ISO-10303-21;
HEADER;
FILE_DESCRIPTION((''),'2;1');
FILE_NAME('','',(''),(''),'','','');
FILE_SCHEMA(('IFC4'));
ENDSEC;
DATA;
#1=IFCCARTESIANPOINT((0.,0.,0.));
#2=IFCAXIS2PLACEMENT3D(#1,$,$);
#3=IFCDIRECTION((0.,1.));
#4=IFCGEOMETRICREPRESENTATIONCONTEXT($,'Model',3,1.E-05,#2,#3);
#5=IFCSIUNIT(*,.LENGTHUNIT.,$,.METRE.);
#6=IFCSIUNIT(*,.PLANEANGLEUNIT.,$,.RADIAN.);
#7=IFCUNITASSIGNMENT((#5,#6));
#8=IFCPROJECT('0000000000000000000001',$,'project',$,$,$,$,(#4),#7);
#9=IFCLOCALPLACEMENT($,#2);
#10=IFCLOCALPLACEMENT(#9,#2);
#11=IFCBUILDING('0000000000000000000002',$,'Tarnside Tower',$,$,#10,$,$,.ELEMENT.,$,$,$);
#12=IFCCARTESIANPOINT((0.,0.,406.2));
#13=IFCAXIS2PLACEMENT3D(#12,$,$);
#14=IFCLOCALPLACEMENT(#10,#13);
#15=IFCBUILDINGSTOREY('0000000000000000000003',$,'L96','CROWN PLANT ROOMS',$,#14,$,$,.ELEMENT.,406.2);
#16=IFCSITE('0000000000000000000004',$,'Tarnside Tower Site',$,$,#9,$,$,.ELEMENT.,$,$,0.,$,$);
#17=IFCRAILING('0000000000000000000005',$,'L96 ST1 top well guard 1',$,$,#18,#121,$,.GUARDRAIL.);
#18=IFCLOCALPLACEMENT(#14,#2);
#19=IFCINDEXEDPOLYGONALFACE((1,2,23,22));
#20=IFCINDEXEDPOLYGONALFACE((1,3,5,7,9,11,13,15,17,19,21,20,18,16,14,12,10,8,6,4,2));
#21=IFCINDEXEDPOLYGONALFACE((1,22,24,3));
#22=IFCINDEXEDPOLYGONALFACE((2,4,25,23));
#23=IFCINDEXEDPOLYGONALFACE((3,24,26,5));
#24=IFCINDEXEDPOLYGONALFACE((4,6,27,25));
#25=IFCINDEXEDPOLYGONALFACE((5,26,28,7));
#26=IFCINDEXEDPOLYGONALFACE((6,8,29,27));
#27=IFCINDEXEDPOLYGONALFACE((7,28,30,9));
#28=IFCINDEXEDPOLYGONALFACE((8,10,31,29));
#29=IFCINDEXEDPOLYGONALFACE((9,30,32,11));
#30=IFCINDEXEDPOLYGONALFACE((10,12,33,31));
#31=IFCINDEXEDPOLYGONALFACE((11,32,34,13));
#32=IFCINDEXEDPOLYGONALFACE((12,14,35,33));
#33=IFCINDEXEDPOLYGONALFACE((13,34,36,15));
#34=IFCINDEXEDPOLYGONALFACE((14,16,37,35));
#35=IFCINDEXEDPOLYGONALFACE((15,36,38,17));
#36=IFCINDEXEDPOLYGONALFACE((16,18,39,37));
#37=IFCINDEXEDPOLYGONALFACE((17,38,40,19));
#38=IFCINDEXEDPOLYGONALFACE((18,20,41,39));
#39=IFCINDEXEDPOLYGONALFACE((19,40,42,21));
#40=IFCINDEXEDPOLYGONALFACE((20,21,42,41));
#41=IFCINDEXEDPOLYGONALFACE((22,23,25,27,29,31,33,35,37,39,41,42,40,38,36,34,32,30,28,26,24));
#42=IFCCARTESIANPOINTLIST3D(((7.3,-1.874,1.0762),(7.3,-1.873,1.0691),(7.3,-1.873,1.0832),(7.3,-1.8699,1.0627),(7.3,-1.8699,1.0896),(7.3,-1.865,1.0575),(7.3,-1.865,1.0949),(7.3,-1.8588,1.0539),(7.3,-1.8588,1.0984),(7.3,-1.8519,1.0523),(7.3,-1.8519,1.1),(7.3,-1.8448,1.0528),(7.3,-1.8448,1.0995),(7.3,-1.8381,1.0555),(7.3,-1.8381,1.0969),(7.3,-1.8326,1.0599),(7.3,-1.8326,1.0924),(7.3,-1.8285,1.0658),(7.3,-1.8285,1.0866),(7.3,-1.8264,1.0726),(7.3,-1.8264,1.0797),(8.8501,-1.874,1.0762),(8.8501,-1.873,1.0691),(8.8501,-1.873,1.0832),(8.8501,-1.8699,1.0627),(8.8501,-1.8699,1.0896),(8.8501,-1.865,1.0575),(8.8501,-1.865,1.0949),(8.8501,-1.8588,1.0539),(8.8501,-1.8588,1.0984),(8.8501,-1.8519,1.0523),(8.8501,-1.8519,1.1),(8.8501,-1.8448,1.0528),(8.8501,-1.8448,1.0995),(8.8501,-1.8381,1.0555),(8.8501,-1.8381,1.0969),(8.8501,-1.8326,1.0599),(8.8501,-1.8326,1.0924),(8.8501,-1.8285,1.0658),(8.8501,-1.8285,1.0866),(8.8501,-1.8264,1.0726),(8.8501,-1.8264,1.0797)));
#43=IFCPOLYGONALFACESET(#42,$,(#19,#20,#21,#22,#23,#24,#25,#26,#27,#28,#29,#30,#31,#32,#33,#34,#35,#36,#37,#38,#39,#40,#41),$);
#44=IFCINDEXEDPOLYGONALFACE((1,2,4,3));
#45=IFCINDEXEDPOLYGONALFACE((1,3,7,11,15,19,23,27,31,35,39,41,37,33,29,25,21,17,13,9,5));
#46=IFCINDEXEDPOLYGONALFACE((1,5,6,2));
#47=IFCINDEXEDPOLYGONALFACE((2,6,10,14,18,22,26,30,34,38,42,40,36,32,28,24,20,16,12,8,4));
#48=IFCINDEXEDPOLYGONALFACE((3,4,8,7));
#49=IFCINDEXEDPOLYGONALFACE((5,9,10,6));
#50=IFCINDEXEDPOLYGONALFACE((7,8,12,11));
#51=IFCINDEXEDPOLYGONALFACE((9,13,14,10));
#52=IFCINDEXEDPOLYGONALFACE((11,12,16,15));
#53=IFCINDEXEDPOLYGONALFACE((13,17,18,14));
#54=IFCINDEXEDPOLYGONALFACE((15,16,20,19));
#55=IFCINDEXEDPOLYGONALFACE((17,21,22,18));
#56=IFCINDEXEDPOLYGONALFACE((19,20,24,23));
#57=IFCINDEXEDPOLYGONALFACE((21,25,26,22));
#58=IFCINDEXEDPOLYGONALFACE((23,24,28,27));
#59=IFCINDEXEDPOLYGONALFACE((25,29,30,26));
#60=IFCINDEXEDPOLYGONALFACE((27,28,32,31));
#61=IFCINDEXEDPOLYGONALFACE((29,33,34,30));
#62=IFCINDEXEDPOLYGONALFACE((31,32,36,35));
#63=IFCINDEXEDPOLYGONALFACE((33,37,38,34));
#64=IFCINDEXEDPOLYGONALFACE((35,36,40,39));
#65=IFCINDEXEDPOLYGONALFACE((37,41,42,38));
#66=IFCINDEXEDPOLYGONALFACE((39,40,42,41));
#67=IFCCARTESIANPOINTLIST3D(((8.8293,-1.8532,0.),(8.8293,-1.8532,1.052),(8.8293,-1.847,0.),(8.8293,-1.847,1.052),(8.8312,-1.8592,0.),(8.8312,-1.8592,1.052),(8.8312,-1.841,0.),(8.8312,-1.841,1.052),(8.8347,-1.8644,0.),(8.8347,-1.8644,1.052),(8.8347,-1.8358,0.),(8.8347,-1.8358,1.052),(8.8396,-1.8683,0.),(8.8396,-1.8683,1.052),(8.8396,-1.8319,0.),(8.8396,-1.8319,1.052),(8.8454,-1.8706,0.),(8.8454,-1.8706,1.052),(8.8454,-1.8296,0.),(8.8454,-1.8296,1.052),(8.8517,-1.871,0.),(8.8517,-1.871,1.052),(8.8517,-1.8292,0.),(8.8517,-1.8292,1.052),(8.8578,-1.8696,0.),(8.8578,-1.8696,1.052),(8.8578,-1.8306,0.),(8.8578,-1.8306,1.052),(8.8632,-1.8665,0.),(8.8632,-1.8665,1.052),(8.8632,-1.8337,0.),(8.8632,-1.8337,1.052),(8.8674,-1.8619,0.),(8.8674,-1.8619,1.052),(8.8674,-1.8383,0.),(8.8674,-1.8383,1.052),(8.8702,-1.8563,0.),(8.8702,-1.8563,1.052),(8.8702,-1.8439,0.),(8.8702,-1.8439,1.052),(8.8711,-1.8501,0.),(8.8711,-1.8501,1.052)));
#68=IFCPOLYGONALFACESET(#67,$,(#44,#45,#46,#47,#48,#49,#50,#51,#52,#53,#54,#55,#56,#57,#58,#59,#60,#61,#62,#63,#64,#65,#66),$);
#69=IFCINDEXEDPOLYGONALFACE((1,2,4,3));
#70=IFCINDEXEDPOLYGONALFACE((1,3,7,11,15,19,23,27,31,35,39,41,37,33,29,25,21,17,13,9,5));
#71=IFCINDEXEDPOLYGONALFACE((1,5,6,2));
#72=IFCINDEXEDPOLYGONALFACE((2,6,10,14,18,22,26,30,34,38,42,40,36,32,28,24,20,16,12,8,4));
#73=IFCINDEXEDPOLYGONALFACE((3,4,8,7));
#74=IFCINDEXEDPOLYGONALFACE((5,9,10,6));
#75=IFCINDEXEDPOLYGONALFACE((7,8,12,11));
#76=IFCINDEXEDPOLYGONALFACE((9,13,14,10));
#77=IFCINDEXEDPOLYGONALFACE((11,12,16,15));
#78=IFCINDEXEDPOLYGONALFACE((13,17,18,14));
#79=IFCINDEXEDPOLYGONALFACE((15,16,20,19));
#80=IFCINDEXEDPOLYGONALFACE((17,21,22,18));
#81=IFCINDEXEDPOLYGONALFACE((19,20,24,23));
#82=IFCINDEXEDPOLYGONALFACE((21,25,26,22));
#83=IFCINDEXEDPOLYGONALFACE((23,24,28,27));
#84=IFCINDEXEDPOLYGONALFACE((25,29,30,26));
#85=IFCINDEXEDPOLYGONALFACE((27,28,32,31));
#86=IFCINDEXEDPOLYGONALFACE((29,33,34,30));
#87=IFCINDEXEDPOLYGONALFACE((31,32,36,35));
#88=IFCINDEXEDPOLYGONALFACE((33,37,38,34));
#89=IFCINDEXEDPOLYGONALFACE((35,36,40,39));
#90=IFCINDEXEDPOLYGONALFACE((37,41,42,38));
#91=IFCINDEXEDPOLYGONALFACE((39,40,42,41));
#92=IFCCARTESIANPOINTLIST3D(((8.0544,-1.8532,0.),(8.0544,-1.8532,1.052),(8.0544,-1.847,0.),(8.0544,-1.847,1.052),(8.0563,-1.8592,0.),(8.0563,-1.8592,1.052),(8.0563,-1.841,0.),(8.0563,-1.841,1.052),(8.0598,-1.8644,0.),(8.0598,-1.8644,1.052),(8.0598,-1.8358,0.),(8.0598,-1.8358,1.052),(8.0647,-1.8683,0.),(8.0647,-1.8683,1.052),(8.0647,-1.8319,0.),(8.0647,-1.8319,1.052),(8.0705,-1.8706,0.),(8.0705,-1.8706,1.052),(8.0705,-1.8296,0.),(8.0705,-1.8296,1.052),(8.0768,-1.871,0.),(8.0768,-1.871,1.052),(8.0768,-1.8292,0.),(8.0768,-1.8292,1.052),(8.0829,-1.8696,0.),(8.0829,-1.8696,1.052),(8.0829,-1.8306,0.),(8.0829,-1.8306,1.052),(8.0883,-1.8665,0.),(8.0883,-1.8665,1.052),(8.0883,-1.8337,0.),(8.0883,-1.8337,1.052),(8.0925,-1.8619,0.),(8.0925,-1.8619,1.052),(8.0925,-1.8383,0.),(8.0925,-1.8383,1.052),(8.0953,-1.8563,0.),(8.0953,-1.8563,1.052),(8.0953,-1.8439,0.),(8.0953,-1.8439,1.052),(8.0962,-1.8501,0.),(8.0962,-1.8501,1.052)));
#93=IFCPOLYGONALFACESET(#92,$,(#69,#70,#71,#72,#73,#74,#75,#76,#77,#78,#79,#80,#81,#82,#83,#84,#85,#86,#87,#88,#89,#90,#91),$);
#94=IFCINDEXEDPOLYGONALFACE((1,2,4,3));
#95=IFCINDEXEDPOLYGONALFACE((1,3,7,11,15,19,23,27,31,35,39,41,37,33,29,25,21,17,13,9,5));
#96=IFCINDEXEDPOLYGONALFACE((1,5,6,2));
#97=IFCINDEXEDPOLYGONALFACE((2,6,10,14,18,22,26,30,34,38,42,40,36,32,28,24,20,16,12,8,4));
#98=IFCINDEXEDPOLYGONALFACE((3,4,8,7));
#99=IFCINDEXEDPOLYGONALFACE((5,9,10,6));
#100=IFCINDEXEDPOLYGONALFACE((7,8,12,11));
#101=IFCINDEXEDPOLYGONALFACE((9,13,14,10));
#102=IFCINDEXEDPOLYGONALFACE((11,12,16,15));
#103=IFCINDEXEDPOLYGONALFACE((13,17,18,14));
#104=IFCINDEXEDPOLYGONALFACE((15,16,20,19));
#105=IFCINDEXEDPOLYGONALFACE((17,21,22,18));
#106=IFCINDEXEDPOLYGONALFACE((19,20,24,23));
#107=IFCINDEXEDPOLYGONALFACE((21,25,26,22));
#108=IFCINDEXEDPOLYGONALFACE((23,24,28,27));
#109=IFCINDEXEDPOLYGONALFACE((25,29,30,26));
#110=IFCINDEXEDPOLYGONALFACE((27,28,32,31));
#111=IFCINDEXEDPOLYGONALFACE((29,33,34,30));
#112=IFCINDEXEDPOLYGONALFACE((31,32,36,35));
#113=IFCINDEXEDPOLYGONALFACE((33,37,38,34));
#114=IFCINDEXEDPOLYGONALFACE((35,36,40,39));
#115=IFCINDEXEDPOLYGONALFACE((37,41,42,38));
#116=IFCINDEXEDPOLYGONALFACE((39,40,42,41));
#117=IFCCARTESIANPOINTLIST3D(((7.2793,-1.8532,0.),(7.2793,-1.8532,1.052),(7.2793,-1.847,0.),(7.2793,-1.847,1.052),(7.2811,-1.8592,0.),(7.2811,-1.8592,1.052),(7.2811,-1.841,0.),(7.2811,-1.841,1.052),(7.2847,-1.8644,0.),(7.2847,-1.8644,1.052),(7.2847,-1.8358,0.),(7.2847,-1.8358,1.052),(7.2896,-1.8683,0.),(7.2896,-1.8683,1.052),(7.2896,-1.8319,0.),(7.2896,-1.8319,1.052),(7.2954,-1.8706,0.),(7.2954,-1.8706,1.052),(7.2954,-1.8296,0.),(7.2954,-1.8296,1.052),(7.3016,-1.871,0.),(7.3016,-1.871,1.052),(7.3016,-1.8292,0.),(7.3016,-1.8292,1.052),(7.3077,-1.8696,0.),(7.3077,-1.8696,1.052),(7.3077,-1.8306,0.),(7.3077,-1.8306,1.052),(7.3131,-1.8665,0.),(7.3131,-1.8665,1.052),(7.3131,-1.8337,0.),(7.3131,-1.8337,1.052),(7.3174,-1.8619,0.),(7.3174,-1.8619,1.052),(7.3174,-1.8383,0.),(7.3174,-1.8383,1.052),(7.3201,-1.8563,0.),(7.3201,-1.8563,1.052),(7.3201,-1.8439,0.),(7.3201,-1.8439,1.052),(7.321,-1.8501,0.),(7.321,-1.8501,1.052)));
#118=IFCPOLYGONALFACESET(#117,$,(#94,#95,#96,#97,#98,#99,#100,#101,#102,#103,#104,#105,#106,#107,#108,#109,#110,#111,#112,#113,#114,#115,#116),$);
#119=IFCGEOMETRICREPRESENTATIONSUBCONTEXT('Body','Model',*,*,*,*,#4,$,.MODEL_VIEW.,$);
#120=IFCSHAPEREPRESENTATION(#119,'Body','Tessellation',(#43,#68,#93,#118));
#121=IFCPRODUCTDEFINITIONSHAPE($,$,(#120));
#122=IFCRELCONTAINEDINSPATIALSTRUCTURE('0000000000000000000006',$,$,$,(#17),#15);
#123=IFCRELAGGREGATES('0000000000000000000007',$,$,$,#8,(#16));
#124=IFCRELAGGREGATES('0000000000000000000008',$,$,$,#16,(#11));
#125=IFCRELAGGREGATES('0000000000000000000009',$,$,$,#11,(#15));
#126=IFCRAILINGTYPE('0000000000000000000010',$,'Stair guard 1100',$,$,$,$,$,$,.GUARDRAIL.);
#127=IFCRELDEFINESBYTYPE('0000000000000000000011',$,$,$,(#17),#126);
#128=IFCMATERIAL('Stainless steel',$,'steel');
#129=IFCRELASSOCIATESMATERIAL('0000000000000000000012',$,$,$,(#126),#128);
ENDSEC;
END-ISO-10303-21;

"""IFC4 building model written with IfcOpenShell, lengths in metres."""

from ifc_helpers import new_model, si_unit, direction, frame, origin, origin_2d, place, context, subcontext, project, spatial, circle, extrude, material, type_object, element, save


model = new_model("IFC4")

# Units and contexts
model_context = context("Model", 3, precision=1e-05, world=origin(), true_north=direction((0.0, 1.0)))
body_context = subcontext(model_context, "Body", "Model", "MODEL_VIEW")
ifc_project = project(units=[si_unit("LENGTHUNIT", "METRE"), si_unit("PLANEANGLEUNIT", "RADIAN")], contexts=[model_context])

# Site, building, storey
site_placement = place(None, origin())
site = spatial("IfcSite", under=ifc_project, at=site_placement, Name="Tarnside Tower Site", CompositionType="ELEMENT", RefElevation=0.0)
building_placement = place(site_placement, origin())
building = spatial("IfcBuilding", under=site, at=building_placement, Name="Tarnside Tower", CompositionType="ELEMENT")
storey_placement = place(building_placement, frame((0.0, 0.0, 406.2)))
storey = spatial("IfcBuildingStorey", under=building, at=storey_placement, Name="L96", Description="CROWN PLANT ROOMS", CompositionType="ELEMENT", Elevation=406.2)

# Railing
ifc_material_1 = material(Name="Stainless steel", Category="steel")
railing_type = type_object("IfcRailingType", Name="Stair guard 1100", PredefinedType="GUARDRAIL", material=ifc_material_1)
railing_placement = place(storey_placement, frame((8.8501, -1.8501, 0.0)))
element("IfcRailing", 1, at=railing_placement, inside=storey, type_object=railing_type, Name="L96 ST1 top well guard 1", PredefinedType="GUARDRAIL", context=body_context, shape_type="SweptSolid", body=[
    extrude(circle(Radius=0.0239, at=origin_2d()), frame((0.0, 0.0, 1.0762), z_axis=(-1.0, 0.0, 0.0), x_axis=(0.0, -1.0, 0.0)), (0.0, 0.0, 1.0), 1.55),
    extrude(circle(Radius=0.021, at=origin_2d()), origin(), (0.0, 0.0, 1.0), 1.052),
    extrude(circle(Radius=0.021, at=origin_2d()), frame((-0.7749, 0.0, 0.0)), (0.0, 0.0, 1.0), 1.052),
    extrude(circle(Radius=0.021, at=origin_2d()), frame((-1.55, 0.0, 0.0)), (0.0, 0.0, 1.0), 1.052),
])

save(model, "model.ifc")
